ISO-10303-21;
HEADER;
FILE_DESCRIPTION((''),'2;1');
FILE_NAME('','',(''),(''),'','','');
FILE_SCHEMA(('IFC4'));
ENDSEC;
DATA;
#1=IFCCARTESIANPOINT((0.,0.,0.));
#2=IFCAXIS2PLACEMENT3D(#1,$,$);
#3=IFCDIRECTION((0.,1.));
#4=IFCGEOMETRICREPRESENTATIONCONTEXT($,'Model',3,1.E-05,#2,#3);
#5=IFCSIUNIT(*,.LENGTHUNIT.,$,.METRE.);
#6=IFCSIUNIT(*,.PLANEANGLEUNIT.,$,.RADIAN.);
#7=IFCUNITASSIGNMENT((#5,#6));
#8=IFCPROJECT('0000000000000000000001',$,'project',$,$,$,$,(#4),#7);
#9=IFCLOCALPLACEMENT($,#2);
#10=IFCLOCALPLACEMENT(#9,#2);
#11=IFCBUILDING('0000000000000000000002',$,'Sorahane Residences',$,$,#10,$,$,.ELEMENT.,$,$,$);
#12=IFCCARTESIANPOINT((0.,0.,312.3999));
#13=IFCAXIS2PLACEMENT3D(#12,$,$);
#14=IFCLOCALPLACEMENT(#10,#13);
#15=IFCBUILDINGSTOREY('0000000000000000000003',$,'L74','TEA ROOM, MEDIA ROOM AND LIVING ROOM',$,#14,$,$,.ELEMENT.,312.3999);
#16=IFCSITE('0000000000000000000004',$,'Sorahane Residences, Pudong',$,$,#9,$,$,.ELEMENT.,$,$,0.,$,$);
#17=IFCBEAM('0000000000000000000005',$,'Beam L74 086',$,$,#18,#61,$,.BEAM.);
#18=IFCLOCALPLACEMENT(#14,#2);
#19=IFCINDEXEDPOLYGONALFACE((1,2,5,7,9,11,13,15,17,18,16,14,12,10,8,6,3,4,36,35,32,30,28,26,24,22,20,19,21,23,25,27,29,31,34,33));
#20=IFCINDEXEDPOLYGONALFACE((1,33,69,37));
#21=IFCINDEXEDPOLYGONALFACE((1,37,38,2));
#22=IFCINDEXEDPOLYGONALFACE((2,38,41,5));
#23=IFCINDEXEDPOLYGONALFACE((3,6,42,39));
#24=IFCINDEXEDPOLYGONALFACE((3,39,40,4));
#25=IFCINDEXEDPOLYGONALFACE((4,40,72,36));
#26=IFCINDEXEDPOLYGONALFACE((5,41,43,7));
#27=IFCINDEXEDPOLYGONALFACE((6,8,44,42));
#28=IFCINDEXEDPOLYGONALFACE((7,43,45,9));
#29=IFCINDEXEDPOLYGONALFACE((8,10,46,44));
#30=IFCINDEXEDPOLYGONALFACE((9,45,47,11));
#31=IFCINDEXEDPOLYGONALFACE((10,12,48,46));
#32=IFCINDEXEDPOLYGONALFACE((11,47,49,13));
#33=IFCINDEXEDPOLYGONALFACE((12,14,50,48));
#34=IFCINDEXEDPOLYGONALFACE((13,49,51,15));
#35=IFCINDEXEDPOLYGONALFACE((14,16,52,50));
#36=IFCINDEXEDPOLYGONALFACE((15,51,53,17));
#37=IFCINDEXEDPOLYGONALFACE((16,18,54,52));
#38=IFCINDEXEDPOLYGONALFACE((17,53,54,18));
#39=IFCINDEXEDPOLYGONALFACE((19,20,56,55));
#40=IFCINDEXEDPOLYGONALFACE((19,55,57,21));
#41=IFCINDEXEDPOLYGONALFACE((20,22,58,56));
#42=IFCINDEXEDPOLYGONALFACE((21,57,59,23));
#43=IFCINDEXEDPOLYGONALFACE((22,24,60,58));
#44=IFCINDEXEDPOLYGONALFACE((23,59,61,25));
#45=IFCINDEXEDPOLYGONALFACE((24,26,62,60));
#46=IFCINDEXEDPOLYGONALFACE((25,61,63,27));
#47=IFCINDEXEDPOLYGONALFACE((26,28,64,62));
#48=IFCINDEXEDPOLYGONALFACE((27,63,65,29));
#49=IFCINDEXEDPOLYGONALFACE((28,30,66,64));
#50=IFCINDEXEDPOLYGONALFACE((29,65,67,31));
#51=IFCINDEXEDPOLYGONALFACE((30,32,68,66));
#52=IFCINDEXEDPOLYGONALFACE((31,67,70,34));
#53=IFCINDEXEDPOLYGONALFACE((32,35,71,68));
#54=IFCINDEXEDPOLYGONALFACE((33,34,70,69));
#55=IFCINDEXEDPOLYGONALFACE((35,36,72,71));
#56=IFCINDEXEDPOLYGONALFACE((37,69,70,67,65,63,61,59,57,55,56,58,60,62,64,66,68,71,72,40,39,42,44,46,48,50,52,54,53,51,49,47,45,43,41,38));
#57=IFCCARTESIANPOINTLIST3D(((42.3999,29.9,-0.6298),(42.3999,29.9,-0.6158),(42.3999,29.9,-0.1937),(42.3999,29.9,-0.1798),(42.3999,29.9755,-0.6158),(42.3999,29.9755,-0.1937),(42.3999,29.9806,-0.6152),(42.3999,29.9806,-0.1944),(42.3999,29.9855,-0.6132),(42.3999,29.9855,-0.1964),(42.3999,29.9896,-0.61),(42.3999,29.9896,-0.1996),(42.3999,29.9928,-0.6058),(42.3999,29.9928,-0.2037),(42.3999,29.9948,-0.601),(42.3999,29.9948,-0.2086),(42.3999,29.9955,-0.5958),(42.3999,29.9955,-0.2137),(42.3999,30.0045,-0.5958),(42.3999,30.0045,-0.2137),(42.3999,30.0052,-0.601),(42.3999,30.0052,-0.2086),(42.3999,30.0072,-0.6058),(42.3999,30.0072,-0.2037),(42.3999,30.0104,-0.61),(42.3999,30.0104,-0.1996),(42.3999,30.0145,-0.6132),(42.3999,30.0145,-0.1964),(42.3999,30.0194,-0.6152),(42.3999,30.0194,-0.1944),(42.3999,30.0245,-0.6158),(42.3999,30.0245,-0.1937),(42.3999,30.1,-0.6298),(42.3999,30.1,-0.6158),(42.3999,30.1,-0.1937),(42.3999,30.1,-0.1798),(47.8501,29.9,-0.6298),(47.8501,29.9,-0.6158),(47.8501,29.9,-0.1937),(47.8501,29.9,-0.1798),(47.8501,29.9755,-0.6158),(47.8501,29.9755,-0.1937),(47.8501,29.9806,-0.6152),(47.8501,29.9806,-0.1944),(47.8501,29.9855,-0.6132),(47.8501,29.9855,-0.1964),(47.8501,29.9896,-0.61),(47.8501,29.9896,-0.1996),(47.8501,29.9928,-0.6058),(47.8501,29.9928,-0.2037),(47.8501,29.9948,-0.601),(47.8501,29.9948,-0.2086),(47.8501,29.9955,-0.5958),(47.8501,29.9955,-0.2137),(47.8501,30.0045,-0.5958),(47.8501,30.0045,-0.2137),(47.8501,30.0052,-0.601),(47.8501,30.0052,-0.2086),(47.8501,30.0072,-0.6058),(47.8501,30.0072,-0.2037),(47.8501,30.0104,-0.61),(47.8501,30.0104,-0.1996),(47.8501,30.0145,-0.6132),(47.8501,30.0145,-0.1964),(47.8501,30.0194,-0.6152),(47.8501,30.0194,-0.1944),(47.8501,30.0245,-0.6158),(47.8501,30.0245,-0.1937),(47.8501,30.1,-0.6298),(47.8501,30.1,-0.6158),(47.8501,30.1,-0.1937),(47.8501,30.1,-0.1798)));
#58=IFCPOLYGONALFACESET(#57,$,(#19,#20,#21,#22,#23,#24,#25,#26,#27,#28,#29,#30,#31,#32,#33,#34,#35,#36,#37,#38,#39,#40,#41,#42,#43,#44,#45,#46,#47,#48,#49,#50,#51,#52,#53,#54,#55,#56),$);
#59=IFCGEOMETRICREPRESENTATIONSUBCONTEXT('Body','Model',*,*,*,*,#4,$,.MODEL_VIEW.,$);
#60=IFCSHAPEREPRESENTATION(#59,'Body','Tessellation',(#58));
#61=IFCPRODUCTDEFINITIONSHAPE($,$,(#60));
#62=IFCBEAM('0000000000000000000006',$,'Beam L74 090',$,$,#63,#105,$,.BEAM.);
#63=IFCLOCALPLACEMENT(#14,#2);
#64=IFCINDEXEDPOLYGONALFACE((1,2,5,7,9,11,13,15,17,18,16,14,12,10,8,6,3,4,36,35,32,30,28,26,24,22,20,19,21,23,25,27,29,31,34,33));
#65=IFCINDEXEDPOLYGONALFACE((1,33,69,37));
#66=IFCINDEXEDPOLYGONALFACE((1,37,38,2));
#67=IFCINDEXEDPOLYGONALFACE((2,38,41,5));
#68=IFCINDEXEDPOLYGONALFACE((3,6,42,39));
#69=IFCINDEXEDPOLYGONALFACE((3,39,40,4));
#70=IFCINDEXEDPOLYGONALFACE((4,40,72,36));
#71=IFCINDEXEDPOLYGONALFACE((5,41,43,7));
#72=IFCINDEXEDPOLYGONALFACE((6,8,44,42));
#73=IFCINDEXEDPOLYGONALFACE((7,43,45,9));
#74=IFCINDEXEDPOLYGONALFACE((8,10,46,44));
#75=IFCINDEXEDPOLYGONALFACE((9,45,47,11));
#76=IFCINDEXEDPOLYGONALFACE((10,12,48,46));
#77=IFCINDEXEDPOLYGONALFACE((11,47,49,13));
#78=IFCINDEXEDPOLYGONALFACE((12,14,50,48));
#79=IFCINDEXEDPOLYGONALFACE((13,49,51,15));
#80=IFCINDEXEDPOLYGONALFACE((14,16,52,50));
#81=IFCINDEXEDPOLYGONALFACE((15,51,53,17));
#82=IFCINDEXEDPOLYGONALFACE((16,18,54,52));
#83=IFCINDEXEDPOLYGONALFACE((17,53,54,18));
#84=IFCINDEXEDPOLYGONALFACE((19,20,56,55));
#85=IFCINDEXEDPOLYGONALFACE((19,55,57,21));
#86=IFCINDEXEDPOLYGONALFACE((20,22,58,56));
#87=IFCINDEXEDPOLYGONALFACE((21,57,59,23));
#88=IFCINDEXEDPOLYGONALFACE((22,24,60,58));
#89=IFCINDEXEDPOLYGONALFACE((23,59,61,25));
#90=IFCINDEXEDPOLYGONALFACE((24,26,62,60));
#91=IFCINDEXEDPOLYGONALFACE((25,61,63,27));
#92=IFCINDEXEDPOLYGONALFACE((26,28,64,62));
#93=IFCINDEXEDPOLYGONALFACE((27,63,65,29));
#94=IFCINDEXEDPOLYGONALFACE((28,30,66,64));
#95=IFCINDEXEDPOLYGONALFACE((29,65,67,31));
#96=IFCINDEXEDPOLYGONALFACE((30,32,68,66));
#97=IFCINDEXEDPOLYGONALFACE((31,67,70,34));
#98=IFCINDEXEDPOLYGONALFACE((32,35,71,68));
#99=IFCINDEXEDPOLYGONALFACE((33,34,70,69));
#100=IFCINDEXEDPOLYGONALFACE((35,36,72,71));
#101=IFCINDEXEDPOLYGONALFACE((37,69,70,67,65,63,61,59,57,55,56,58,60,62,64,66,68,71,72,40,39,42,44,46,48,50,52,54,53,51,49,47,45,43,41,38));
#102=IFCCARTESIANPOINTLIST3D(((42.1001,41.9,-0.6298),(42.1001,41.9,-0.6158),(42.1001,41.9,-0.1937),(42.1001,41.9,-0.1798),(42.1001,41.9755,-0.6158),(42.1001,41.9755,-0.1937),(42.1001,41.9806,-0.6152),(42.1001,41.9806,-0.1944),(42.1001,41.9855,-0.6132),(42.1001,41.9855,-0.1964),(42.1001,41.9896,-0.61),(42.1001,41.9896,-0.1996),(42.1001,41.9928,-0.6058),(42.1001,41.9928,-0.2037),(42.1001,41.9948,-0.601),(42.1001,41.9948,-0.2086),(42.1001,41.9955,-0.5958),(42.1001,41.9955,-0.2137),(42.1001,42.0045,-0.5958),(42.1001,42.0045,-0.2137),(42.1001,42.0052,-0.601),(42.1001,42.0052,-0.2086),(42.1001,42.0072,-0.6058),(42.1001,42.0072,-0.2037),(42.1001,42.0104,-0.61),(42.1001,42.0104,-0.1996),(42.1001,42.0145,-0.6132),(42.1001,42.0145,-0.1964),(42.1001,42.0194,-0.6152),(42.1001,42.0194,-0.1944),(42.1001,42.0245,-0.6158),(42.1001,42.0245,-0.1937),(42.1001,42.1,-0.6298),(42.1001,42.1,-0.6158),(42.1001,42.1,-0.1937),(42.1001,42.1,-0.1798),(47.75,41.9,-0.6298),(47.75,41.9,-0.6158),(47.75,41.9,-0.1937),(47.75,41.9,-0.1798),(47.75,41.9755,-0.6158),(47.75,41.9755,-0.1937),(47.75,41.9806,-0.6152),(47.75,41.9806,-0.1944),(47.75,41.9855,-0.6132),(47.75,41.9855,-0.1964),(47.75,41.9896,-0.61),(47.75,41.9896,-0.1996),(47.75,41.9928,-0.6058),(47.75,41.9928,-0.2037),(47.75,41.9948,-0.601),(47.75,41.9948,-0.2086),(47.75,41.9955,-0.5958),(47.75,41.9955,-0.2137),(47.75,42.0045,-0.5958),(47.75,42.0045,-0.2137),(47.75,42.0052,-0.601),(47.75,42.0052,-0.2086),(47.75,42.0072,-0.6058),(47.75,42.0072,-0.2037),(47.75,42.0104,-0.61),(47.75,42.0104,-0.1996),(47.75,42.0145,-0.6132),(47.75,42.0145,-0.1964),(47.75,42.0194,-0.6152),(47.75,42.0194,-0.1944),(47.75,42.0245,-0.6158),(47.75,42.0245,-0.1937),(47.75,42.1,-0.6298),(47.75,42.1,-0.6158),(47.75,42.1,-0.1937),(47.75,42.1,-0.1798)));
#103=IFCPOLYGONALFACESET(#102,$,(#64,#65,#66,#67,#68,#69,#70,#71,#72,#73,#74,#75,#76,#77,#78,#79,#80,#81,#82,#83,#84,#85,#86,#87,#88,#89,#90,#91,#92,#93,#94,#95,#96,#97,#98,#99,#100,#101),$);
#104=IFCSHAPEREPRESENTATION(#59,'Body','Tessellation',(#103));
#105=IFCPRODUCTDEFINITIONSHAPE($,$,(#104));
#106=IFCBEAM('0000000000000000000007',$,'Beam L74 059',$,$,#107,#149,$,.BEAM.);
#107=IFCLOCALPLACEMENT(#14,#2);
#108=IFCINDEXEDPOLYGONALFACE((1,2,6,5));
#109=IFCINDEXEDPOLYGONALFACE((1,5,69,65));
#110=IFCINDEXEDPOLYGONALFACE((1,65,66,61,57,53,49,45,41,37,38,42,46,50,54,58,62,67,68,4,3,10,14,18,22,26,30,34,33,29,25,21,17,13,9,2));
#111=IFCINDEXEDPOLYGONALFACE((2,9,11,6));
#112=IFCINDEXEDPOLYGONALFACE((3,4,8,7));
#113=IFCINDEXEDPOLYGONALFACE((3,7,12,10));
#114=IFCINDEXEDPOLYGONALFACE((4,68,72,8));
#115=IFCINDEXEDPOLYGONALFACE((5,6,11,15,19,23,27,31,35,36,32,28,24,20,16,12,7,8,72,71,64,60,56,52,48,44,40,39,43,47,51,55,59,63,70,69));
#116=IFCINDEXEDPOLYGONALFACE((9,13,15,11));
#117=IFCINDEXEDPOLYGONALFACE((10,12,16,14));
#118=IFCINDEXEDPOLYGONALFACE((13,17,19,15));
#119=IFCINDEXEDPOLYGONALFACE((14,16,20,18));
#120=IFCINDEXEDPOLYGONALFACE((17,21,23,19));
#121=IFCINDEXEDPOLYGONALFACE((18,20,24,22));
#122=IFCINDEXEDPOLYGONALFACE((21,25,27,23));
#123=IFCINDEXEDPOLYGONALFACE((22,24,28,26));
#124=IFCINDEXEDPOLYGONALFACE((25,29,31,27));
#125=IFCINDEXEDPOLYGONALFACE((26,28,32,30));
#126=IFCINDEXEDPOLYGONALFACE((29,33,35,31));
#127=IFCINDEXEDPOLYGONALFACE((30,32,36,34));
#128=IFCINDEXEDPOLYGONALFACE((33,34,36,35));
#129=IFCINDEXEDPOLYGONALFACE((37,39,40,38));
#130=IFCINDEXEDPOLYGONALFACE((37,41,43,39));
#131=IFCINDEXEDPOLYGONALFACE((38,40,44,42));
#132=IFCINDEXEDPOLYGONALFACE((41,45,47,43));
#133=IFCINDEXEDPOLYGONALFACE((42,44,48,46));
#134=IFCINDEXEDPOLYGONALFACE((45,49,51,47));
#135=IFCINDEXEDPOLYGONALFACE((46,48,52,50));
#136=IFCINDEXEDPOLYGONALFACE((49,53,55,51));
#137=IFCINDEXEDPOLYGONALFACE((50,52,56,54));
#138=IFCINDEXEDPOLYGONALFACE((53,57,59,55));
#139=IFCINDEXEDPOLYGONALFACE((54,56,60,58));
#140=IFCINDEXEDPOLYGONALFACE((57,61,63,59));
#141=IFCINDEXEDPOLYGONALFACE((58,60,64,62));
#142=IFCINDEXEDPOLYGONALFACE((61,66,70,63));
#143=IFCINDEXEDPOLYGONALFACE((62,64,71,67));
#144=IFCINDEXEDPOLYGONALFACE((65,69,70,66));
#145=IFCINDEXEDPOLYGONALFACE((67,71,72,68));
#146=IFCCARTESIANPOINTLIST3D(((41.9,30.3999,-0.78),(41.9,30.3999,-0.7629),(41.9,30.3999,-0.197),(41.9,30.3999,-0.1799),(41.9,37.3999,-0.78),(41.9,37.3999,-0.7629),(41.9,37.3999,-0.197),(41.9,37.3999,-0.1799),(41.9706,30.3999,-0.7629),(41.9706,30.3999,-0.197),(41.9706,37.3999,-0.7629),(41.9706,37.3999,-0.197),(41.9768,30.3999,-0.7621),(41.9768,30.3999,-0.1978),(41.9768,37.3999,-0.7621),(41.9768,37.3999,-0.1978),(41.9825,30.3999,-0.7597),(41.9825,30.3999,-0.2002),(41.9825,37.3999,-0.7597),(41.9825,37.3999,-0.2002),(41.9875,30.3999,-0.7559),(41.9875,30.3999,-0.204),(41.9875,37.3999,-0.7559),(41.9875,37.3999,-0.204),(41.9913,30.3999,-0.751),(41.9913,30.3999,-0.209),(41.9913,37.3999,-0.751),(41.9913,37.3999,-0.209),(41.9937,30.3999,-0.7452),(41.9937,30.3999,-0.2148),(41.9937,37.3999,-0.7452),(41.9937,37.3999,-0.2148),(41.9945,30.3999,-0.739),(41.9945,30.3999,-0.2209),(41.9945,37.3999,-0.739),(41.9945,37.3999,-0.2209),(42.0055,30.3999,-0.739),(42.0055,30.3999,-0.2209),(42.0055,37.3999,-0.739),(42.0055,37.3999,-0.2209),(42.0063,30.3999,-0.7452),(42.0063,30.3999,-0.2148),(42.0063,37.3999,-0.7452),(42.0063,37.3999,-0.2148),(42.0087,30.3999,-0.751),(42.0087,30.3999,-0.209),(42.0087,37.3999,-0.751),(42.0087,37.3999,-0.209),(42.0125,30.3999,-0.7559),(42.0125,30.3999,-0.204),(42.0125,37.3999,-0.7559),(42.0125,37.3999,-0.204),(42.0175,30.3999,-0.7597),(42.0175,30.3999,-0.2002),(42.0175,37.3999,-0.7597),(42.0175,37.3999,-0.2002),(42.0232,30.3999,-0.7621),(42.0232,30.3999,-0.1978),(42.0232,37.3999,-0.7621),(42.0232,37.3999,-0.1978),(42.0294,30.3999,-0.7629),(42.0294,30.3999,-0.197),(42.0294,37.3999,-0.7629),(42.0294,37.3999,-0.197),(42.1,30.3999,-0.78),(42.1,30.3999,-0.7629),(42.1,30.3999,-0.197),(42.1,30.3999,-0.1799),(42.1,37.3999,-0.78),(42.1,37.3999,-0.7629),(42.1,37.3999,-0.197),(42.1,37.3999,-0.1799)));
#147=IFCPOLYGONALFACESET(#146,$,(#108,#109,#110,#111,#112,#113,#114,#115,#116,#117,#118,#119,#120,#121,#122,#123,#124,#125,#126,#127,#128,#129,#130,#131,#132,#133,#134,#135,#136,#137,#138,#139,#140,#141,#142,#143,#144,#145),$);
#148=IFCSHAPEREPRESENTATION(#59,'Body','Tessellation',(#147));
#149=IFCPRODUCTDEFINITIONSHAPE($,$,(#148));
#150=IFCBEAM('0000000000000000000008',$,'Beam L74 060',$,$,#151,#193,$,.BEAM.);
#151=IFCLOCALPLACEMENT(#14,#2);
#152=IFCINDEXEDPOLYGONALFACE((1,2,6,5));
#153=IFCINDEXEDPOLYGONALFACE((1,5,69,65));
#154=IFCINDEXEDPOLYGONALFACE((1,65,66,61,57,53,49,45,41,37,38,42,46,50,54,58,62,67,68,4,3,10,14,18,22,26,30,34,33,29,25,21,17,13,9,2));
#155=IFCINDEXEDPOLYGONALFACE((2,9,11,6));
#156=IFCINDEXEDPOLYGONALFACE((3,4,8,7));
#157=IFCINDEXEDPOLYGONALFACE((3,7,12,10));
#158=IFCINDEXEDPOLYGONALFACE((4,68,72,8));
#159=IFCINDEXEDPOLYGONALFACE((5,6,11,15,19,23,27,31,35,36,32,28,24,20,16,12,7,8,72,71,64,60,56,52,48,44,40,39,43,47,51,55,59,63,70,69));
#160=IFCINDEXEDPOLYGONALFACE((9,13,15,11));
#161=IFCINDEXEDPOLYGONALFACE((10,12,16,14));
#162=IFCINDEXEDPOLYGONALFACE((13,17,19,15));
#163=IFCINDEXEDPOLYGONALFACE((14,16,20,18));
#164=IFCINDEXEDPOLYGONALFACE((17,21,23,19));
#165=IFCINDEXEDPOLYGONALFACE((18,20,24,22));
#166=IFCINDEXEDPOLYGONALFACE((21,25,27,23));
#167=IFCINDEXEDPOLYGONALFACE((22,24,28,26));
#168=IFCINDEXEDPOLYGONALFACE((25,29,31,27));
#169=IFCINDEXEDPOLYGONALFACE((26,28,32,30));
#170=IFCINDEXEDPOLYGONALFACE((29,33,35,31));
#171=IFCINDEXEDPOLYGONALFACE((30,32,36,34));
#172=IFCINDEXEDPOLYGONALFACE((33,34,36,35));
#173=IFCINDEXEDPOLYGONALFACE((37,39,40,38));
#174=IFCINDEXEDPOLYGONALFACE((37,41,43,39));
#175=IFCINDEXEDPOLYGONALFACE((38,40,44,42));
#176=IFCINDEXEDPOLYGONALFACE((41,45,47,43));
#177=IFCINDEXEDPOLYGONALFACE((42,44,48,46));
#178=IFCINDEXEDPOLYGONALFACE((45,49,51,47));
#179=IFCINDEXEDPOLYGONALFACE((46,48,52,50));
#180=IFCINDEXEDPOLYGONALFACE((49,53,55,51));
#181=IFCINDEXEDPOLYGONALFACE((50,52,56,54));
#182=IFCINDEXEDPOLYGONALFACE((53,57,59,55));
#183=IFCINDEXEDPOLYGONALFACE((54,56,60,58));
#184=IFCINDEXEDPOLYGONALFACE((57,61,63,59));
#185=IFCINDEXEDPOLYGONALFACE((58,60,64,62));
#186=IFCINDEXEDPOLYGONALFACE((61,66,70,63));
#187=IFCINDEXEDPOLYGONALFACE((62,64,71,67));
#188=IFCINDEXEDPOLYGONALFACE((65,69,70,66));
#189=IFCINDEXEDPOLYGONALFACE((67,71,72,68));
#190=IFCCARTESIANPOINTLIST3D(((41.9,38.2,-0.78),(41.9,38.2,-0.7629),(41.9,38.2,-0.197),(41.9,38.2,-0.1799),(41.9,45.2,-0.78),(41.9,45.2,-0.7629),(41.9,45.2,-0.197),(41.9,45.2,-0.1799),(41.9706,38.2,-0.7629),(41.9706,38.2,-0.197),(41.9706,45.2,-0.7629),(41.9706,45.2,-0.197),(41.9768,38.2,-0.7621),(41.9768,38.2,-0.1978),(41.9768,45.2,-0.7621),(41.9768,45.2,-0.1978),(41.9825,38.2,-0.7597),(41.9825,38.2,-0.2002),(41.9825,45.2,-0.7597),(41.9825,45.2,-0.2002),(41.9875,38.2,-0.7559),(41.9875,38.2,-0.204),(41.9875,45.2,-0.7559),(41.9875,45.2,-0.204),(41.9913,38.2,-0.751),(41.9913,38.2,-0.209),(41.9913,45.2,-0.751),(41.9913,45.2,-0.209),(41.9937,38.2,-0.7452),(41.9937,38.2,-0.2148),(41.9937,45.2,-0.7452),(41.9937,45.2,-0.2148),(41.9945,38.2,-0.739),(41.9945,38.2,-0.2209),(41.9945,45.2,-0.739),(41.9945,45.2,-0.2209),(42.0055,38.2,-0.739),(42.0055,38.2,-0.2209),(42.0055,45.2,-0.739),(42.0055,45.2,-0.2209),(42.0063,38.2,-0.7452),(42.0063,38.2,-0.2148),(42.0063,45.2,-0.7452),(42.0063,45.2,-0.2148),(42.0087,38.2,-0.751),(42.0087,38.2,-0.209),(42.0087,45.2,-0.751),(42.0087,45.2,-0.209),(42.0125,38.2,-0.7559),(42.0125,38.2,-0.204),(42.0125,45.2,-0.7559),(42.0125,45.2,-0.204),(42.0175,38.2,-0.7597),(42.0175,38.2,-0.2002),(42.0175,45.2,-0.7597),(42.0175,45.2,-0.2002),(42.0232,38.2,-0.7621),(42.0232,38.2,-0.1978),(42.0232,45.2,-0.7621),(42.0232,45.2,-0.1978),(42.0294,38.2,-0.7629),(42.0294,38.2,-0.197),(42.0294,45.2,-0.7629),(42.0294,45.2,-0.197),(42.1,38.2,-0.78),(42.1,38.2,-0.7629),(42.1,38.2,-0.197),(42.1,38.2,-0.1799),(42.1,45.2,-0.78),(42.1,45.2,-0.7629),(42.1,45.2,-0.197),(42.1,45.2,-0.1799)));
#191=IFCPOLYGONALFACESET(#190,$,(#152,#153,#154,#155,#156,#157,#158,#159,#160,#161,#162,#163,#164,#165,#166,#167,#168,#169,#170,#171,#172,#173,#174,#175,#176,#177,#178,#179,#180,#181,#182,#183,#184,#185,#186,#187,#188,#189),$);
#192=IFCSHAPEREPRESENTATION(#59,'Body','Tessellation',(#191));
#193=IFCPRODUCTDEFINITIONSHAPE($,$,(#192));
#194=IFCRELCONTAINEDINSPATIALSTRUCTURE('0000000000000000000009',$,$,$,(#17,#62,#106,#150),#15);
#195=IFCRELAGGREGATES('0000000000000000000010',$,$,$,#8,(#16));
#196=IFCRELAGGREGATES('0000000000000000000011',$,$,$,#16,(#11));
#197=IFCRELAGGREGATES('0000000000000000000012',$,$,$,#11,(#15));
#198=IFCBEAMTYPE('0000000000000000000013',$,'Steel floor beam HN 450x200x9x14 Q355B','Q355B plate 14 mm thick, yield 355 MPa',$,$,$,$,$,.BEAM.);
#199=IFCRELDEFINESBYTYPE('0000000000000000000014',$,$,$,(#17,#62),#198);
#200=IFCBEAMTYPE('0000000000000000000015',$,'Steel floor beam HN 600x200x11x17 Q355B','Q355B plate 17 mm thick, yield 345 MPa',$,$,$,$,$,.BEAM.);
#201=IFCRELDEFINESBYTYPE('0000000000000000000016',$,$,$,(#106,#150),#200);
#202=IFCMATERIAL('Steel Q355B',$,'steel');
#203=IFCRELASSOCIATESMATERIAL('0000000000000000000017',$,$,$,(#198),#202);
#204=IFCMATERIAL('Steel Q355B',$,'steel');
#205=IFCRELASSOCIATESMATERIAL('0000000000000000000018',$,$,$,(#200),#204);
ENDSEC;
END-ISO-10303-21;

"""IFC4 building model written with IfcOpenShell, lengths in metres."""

from ifc_helpers import new_model, si_unit, direction, frame, origin, origin_2d, place, context, subcontext, project, spatial, i_section, extrude, material, material_profile, profile_set, type_object, element, save


model = new_model("IFC4")

# Units and contexts
model_context = context("Model", 3, precision=1e-05, world=origin(), true_north=direction((0.0, 1.0)))
body_context = subcontext(model_context, "Body", "Model", "MODEL_VIEW")
ifc_project = project(units=[si_unit("LENGTHUNIT", "METRE"), si_unit("PLANEANGLEUNIT", "RADIAN")], contexts=[model_context])

# Site, building, storey
site_placement = place(None, origin())
site = spatial("IfcSite", under=ifc_project, at=site_placement, Name="Sorahane Residences, Pudong", CompositionType="ELEMENT", RefElevation=0.0)
building_placement = place(site_placement, origin())
building = spatial("IfcBuilding", under=site, at=building_placement, Name="Sorahane Residences", CompositionType="ELEMENT")
storey_placement = place(building_placement, frame((0.0, 0.0, 312.3999)))
storey = spatial("IfcBuildingStorey", under=building, at=storey_placement, Name="L74", Description="TEA ROOM, MEDIA ROOM AND LIVING ROOM", CompositionType="ELEMENT", Elevation=312.3999)

# Beams
ifc_material_1 = material(Name="Steel Q355B", Category="steel")
ifc_material_profile_1 = material_profile(ifc_material_1, i_section(OverallWidth=0.2, OverallDepth=0.45, WebThickness=0.009, FlangeThickness=0.0139, FilletRadius=0.02, at=origin_2d()), Name="HN 450x200x9x14")
ifc_profile_set_1 = profile_set([ifc_material_profile_1], Name="Steel Q355B")
beam_type_1 = type_object("IfcBeamType", Name="Steel floor beam HN 450x200x9x14 Q355B", Description="Q355B plate 14 mm thick, yield 355 MPa", PredefinedType="BEAM", material=ifc_profile_set_1)
beam_1_placement = place(storey_placement, frame((42.3999, 30.0, -0.4048), z_axis=(1.0, 0.0, 0.0), x_axis=(0.0, 1.0, 0.0)))
element("IfcBeam", 1, at=beam_1_placement, inside=storey, type_object=beam_type_1, Name="Beam L74 086", PredefinedType="BEAM", context=body_context, shape_type="SweptSolid", body=[
    extrude(i_section(OverallWidth=0.2, OverallDepth=0.45, WebThickness=0.009, FlangeThickness=0.0139, FilletRadius=0.02, at=origin_2d()), origin(), (0.0, 0.0, 1.0), 5.4502),
])
beam_2_placement = place(storey_placement, frame((42.1001, 42.0, -0.4048), z_axis=(1.0, 0.0, 0.0), x_axis=(0.0, 1.0, 0.0)))
element("IfcBeam", 2, at=beam_2_placement, inside=storey, type_object=beam_type_1, Name="Beam L74 090", PredefinedType="BEAM", context=body_context, shape_type="SweptSolid", body=[
    extrude(i_section(OverallWidth=0.2, OverallDepth=0.45, WebThickness=0.009, FlangeThickness=0.0139, FilletRadius=0.02, at=origin_2d()), origin(), (0.0, 0.0, 1.0), 5.6499),
])
ifc_material_2 = material(Name="Steel Q355B", Category="steel")
ifc_material_profile_2 = material_profile(ifc_material_2, i_section(OverallWidth=0.2, OverallDepth=0.6001, WebThickness=0.011, FlangeThickness=0.0171, FilletRadius=0.0239, at=origin_2d()), Name="HN 600x200x11x17")
ifc_profile_set_2 = profile_set([ifc_material_profile_2], Name="Steel Q355B")
beam_type_2 = type_object("IfcBeamType", Name="Steel floor beam HN 600x200x11x17 Q355B", Description="Q355B plate 17 mm thick, yield 345 MPa", PredefinedType="BEAM", material=ifc_profile_set_2)
for number, where, z_axis, x_axis, name in (
    (3, (42.0, 30.3999, -0.48), (0.0, 1.0, 0.0), (-1.0, 0.0, 0.0), "Beam L74 059"),
    (4, (42.0, 38.2, -0.48), (0.0, 1.0, 0.0), (-1.0, 0.0, 0.0), "Beam L74 060"),
):
    element("IfcBeam", number, at=place(storey_placement, frame(where, z_axis=z_axis, x_axis=x_axis)), inside=storey, type_object=beam_type_2, Name=name, PredefinedType="BEAM", context=body_context, shape_type="SweptSolid", body=[
        extrude(i_section(OverallWidth=0.2, OverallDepth=0.6001, WebThickness=0.011, FlangeThickness=0.0171, FilletRadius=0.0239, at=origin_2d()), origin(), (0.0, 0.0, 1.0), 7.0),
    ])

save(model, "model.ifc")
